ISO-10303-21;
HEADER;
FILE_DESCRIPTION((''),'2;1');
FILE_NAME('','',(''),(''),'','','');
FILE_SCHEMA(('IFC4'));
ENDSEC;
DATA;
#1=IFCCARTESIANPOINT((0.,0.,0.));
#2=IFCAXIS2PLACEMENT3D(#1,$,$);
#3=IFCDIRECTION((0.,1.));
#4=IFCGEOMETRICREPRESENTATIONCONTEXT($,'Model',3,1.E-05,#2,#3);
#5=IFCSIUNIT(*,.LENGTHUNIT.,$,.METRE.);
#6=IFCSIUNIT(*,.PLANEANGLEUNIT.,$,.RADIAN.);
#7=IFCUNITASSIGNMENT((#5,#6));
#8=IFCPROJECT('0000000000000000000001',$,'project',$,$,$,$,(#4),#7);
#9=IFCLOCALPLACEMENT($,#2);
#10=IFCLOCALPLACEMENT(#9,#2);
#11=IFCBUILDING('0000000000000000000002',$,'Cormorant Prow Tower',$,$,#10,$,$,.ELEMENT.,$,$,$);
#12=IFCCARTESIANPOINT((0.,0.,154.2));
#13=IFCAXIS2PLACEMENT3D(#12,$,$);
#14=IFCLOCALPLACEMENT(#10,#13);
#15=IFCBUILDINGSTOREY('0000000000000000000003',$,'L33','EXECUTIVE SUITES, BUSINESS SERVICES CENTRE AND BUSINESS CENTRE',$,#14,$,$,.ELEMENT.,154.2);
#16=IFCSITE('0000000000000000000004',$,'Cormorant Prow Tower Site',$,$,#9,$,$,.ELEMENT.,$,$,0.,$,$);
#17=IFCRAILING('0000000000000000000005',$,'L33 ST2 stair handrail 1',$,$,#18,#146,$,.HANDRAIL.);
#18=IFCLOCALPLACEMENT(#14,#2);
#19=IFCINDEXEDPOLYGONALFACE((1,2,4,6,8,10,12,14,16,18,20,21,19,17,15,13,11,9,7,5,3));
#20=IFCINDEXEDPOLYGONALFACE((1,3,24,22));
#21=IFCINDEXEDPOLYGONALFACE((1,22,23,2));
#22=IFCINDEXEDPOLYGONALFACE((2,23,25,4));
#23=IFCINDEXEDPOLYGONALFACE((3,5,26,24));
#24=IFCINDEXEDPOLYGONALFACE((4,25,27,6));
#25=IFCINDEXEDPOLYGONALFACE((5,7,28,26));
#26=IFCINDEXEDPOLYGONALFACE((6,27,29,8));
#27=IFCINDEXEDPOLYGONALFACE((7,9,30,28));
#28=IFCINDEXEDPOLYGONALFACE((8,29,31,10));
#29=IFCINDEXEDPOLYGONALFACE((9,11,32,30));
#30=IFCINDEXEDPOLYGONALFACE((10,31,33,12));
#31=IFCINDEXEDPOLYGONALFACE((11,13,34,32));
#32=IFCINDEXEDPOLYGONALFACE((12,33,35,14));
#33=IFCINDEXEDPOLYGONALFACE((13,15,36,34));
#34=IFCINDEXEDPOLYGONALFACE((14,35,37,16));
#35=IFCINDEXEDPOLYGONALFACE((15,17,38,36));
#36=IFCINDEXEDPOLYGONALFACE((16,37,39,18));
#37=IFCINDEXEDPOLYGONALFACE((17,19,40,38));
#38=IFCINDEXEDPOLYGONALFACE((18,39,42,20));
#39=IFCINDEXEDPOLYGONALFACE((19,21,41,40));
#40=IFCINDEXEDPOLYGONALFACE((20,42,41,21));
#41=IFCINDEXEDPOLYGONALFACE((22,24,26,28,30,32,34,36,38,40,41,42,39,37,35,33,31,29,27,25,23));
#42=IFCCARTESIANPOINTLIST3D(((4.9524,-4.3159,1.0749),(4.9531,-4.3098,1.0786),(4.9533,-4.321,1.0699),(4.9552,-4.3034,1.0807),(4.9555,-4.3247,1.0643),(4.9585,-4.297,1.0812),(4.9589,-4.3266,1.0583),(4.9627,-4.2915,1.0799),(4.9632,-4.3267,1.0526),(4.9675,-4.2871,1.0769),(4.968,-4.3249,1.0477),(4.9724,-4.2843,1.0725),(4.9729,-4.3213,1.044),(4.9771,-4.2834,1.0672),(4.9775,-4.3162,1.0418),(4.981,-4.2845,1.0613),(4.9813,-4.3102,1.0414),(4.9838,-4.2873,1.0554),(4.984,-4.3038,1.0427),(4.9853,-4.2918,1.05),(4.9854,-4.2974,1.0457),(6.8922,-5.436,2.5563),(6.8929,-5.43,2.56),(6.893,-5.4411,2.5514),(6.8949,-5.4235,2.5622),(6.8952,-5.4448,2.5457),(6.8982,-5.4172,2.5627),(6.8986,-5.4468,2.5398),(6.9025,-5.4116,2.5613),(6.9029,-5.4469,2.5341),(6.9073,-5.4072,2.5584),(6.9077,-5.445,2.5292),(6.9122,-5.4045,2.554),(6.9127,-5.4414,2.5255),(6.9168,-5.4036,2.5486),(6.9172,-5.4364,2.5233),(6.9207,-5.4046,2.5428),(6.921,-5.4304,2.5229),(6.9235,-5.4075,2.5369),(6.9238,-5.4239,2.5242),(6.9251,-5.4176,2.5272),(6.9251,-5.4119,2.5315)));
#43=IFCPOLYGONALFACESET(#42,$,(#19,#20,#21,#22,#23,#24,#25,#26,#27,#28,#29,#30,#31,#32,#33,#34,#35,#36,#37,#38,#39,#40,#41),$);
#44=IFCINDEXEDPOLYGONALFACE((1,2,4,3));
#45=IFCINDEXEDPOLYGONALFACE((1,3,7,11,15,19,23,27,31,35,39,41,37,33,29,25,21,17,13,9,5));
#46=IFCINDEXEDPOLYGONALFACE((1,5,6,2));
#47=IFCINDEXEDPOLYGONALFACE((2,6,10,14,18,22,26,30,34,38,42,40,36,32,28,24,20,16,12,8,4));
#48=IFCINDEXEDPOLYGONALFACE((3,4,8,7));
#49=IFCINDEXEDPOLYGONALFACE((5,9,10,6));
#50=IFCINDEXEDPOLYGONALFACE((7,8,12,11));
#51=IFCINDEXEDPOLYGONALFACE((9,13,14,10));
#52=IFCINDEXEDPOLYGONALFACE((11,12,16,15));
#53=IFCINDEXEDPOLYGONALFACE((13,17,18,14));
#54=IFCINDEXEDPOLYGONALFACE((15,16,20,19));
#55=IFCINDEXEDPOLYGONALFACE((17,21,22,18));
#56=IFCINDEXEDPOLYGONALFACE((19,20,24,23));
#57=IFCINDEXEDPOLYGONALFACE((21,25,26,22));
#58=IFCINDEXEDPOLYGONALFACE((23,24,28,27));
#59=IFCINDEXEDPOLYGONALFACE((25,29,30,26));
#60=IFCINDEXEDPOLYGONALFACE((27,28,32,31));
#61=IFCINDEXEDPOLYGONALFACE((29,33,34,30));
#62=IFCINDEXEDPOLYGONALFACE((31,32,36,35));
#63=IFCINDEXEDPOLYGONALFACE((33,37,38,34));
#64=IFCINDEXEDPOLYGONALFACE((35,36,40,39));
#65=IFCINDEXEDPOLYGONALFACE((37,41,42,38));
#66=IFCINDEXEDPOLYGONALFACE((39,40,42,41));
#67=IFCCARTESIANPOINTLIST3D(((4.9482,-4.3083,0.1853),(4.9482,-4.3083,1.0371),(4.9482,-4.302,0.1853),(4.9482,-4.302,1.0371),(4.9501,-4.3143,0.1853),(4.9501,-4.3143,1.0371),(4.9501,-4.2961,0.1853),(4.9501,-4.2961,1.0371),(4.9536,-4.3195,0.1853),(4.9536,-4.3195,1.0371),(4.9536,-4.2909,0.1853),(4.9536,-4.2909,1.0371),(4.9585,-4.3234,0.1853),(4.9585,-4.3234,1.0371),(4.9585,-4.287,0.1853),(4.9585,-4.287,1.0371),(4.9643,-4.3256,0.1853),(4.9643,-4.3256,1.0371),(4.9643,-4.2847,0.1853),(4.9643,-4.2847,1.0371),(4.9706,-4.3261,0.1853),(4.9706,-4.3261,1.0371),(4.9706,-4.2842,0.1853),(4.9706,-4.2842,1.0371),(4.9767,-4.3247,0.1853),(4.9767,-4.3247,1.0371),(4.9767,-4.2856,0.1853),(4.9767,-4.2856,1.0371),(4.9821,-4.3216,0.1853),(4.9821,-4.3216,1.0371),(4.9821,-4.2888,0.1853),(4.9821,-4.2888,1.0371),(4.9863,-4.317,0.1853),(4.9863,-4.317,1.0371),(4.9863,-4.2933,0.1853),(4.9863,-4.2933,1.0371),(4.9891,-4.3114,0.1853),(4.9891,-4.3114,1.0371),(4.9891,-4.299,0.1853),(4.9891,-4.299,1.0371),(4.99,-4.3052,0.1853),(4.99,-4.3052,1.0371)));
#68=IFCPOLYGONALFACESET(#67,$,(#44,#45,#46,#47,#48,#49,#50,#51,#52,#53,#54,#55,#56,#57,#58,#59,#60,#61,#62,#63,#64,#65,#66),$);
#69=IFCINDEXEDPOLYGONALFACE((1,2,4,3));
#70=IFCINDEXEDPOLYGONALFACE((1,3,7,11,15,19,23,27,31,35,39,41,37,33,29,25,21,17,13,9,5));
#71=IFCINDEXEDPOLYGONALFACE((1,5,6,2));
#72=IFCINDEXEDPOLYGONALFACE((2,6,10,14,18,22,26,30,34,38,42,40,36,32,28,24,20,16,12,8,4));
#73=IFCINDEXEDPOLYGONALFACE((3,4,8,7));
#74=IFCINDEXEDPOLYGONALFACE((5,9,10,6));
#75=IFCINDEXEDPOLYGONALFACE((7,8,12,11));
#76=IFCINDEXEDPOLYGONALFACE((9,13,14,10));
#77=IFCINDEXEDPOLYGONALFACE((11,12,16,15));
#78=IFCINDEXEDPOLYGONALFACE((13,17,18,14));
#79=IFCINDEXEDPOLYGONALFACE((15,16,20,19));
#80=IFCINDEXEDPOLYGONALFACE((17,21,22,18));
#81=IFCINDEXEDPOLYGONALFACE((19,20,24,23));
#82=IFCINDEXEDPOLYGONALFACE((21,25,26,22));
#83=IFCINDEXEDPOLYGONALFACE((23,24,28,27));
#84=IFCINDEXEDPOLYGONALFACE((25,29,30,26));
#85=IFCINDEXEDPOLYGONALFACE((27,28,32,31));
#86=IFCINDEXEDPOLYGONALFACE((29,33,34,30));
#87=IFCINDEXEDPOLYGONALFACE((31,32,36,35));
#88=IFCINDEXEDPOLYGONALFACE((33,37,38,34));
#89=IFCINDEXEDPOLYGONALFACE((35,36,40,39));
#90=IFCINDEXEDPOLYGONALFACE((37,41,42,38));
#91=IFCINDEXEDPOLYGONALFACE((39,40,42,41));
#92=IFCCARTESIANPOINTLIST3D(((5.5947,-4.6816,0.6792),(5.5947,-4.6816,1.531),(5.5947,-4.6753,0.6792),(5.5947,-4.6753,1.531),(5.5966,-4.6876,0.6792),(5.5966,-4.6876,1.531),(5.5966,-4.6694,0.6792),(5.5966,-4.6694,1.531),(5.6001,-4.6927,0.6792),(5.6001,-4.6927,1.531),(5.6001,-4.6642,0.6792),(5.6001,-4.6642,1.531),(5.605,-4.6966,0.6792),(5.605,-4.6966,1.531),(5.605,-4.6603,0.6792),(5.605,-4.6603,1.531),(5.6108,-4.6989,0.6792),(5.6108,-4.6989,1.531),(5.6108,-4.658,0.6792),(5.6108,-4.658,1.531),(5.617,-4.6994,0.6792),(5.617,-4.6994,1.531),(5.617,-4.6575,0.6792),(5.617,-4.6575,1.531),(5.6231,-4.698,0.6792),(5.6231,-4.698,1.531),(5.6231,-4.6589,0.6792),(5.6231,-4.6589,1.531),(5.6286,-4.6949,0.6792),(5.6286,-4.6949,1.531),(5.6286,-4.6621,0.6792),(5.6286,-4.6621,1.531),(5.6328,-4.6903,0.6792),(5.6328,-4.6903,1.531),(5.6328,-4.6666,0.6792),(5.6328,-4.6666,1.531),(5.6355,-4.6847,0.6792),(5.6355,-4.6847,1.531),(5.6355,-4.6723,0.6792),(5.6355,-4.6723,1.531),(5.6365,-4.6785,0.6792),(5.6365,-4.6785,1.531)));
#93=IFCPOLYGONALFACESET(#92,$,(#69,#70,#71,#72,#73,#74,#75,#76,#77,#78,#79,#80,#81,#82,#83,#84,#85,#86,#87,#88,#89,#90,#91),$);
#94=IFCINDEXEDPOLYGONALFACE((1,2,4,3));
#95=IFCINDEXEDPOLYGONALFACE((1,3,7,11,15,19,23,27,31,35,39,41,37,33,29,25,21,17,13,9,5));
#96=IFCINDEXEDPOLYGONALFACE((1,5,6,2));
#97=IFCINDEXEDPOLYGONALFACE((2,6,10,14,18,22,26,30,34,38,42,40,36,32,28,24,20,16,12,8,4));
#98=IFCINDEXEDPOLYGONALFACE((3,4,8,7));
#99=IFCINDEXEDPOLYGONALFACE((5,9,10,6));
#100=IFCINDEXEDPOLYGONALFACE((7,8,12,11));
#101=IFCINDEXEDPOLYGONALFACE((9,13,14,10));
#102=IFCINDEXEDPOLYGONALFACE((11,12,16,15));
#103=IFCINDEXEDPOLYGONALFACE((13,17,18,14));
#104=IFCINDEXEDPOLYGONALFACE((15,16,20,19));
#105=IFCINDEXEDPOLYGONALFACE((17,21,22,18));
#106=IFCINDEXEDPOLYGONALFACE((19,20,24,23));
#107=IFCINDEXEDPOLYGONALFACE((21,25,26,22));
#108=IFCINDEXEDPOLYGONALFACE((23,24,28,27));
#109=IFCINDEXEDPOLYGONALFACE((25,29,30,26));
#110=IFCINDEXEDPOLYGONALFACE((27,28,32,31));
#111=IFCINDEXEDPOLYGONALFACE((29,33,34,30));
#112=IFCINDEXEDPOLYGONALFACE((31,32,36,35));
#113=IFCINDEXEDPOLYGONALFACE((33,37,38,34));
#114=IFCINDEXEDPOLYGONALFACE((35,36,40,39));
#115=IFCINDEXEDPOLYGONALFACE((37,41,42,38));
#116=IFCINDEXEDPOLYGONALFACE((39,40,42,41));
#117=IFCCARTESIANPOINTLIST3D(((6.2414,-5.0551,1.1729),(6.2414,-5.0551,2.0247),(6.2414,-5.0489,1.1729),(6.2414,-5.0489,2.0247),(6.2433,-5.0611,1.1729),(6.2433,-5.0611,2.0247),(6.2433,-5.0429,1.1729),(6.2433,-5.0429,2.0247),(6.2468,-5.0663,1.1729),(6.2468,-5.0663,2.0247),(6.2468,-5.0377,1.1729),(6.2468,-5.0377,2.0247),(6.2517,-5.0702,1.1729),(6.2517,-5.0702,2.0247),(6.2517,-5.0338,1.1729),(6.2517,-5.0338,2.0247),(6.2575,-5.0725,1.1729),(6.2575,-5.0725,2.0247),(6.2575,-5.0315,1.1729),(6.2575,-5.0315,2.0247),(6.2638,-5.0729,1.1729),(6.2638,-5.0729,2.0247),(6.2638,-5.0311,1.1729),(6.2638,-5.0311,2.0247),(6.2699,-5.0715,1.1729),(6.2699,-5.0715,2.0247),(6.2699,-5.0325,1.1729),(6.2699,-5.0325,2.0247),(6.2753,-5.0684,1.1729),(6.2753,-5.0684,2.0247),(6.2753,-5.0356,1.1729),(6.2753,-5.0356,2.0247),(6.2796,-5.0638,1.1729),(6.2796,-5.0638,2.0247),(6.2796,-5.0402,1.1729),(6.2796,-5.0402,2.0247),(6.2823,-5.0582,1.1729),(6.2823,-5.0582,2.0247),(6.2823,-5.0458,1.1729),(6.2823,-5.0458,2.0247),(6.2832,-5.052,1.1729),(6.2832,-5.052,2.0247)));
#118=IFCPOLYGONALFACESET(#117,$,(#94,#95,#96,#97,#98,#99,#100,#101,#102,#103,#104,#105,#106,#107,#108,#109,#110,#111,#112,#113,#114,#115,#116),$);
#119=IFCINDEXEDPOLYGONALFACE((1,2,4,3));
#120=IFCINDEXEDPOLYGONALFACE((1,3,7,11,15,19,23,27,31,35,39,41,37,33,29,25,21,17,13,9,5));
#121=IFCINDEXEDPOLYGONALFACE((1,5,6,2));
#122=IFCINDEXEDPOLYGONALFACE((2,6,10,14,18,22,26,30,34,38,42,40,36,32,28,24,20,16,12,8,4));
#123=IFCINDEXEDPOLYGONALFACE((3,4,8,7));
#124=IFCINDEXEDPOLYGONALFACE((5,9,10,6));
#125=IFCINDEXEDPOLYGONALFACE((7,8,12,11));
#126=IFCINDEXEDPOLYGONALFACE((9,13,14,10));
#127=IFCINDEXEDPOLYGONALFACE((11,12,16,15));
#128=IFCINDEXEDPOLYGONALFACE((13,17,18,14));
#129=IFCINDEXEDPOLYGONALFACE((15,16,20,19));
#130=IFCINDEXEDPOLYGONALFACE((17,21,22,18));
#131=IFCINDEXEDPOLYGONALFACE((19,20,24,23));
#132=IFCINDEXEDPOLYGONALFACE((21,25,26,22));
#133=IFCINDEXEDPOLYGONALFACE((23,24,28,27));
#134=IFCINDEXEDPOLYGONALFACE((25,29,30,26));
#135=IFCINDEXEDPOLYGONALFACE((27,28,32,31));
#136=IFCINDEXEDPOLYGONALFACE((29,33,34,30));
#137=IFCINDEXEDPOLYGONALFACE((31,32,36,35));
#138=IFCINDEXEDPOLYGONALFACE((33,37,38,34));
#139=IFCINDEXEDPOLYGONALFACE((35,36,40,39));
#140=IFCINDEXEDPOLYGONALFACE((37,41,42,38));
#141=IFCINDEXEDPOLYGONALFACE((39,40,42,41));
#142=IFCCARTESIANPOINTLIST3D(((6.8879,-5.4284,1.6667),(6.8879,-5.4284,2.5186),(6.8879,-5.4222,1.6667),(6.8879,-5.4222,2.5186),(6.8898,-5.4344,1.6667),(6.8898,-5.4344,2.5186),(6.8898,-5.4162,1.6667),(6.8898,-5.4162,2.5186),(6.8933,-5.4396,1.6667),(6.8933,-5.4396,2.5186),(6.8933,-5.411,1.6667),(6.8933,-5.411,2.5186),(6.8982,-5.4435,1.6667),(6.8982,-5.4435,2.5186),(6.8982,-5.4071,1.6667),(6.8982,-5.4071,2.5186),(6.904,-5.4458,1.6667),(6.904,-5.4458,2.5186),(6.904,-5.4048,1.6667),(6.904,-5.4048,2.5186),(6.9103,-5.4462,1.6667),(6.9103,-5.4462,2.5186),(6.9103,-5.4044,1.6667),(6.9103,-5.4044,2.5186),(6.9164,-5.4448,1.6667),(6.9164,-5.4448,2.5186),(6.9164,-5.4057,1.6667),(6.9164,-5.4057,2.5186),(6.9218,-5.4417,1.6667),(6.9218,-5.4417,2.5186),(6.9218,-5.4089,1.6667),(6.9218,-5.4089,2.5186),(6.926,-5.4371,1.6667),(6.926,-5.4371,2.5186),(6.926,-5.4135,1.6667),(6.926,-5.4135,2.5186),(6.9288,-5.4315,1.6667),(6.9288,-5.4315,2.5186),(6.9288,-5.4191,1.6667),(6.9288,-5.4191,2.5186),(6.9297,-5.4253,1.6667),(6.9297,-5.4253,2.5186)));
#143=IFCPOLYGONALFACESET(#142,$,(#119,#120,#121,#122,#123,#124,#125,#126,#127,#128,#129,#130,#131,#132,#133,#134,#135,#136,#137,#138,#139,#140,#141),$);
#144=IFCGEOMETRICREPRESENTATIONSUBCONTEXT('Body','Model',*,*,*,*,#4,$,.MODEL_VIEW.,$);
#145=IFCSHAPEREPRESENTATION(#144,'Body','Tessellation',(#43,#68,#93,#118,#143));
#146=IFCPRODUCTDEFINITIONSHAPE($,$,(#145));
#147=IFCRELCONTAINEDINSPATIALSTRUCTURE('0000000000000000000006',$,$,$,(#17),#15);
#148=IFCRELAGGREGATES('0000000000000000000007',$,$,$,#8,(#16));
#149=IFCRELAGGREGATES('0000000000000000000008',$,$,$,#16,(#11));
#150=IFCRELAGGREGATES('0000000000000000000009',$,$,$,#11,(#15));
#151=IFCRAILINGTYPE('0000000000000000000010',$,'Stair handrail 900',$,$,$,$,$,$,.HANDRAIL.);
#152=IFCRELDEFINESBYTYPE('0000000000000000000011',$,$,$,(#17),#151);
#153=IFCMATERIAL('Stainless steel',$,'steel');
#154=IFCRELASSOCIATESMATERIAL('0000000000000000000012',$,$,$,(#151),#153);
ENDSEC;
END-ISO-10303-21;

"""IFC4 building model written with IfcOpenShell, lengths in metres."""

from ifc_helpers import new_model, si_unit, direction, frame, origin, origin_2d, place, context, subcontext, project, spatial, circle, extrude, material, type_object, element, save


model = new_model("IFC4")

# Units and contexts
model_context = context("Model", 3, precision=1e-05, world=origin(), true_north=direction((0.0, 1.0)))
body_context = subcontext(model_context, "Body", "Model", "MODEL_VIEW")
ifc_project = project(units=[si_unit("LENGTHUNIT", "METRE"), si_unit("PLANEANGLEUNIT", "RADIAN")], contexts=[model_context])

# Site, building, storey
site_placement = place(None, origin())
site = spatial("IfcSite", under=ifc_project, at=site_placement, Name="Cormorant Prow Tower Site", CompositionType="ELEMENT", RefElevation=0.0)
building_placement = place(site_placement, origin())
building = spatial("IfcBuilding", under=site, at=building_placement, Name="Cormorant Prow Tower", CompositionType="ELEMENT")
storey_placement = place(building_placement, frame((0.0, 0.0, 154.2)))
storey = spatial("IfcBuildingStorey", under=building, at=storey_placement, Name="L33", Description="EXECUTIVE SUITES, BUSINESS SERVICES CENTRE AND BUSINESS CENTRE", CompositionType="ELEMENT", Elevation=154.2)

# Railing
ifc_material_1 = material(Name="Stainless steel", Category="steel")
railing_type_1 = type_object("IfcRailingType", Name="Stair handrail 900", PredefinedType="HANDRAIL", material=ifc_material_1)
railing_1_placement = place(storey_placement, frame((4.969, -4.3052, 0.1853)))
element("IfcRailing", 1, at=railing_1_placement, inside=storey, type_object=railing_type_1, Name="L33 ST2 stair handrail 1", PredefinedType="HANDRAIL", context=body_context, shape_type="SweptSolid", body=[
    extrude(circle(Radius=0.0239, at=origin_2d()), frame((0.0, 0.0, 0.876), z_axis=(0.722292, -0.417102, 0.551651), x_axis=(0.500078, 0.86598, 0.0)), (0.0, 0.0, 1.0), 2.6855),
    extrude(circle(Radius=0.021, at=origin_2d()), origin(), (0.0, 0.0, 1.0), 0.8518),
    extrude(circle(Radius=0.021, at=origin_2d()), frame((0.6465, -0.3733, 0.4939)), (0.0, 0.0, 1.0), 0.8518),
    extrude(circle(Radius=0.021, at=origin_2d()), frame((1.2932, -0.7468, 0.9875)), (0.0, 0.0, 1.0), 0.8518),
    extrude(circle(Radius=0.021, at=origin_2d()), frame((1.9397, -1.1201, 1.4814)), (0.0, 0.0, 1.0), 0.8518),
])

save(model, "model.ifc")
